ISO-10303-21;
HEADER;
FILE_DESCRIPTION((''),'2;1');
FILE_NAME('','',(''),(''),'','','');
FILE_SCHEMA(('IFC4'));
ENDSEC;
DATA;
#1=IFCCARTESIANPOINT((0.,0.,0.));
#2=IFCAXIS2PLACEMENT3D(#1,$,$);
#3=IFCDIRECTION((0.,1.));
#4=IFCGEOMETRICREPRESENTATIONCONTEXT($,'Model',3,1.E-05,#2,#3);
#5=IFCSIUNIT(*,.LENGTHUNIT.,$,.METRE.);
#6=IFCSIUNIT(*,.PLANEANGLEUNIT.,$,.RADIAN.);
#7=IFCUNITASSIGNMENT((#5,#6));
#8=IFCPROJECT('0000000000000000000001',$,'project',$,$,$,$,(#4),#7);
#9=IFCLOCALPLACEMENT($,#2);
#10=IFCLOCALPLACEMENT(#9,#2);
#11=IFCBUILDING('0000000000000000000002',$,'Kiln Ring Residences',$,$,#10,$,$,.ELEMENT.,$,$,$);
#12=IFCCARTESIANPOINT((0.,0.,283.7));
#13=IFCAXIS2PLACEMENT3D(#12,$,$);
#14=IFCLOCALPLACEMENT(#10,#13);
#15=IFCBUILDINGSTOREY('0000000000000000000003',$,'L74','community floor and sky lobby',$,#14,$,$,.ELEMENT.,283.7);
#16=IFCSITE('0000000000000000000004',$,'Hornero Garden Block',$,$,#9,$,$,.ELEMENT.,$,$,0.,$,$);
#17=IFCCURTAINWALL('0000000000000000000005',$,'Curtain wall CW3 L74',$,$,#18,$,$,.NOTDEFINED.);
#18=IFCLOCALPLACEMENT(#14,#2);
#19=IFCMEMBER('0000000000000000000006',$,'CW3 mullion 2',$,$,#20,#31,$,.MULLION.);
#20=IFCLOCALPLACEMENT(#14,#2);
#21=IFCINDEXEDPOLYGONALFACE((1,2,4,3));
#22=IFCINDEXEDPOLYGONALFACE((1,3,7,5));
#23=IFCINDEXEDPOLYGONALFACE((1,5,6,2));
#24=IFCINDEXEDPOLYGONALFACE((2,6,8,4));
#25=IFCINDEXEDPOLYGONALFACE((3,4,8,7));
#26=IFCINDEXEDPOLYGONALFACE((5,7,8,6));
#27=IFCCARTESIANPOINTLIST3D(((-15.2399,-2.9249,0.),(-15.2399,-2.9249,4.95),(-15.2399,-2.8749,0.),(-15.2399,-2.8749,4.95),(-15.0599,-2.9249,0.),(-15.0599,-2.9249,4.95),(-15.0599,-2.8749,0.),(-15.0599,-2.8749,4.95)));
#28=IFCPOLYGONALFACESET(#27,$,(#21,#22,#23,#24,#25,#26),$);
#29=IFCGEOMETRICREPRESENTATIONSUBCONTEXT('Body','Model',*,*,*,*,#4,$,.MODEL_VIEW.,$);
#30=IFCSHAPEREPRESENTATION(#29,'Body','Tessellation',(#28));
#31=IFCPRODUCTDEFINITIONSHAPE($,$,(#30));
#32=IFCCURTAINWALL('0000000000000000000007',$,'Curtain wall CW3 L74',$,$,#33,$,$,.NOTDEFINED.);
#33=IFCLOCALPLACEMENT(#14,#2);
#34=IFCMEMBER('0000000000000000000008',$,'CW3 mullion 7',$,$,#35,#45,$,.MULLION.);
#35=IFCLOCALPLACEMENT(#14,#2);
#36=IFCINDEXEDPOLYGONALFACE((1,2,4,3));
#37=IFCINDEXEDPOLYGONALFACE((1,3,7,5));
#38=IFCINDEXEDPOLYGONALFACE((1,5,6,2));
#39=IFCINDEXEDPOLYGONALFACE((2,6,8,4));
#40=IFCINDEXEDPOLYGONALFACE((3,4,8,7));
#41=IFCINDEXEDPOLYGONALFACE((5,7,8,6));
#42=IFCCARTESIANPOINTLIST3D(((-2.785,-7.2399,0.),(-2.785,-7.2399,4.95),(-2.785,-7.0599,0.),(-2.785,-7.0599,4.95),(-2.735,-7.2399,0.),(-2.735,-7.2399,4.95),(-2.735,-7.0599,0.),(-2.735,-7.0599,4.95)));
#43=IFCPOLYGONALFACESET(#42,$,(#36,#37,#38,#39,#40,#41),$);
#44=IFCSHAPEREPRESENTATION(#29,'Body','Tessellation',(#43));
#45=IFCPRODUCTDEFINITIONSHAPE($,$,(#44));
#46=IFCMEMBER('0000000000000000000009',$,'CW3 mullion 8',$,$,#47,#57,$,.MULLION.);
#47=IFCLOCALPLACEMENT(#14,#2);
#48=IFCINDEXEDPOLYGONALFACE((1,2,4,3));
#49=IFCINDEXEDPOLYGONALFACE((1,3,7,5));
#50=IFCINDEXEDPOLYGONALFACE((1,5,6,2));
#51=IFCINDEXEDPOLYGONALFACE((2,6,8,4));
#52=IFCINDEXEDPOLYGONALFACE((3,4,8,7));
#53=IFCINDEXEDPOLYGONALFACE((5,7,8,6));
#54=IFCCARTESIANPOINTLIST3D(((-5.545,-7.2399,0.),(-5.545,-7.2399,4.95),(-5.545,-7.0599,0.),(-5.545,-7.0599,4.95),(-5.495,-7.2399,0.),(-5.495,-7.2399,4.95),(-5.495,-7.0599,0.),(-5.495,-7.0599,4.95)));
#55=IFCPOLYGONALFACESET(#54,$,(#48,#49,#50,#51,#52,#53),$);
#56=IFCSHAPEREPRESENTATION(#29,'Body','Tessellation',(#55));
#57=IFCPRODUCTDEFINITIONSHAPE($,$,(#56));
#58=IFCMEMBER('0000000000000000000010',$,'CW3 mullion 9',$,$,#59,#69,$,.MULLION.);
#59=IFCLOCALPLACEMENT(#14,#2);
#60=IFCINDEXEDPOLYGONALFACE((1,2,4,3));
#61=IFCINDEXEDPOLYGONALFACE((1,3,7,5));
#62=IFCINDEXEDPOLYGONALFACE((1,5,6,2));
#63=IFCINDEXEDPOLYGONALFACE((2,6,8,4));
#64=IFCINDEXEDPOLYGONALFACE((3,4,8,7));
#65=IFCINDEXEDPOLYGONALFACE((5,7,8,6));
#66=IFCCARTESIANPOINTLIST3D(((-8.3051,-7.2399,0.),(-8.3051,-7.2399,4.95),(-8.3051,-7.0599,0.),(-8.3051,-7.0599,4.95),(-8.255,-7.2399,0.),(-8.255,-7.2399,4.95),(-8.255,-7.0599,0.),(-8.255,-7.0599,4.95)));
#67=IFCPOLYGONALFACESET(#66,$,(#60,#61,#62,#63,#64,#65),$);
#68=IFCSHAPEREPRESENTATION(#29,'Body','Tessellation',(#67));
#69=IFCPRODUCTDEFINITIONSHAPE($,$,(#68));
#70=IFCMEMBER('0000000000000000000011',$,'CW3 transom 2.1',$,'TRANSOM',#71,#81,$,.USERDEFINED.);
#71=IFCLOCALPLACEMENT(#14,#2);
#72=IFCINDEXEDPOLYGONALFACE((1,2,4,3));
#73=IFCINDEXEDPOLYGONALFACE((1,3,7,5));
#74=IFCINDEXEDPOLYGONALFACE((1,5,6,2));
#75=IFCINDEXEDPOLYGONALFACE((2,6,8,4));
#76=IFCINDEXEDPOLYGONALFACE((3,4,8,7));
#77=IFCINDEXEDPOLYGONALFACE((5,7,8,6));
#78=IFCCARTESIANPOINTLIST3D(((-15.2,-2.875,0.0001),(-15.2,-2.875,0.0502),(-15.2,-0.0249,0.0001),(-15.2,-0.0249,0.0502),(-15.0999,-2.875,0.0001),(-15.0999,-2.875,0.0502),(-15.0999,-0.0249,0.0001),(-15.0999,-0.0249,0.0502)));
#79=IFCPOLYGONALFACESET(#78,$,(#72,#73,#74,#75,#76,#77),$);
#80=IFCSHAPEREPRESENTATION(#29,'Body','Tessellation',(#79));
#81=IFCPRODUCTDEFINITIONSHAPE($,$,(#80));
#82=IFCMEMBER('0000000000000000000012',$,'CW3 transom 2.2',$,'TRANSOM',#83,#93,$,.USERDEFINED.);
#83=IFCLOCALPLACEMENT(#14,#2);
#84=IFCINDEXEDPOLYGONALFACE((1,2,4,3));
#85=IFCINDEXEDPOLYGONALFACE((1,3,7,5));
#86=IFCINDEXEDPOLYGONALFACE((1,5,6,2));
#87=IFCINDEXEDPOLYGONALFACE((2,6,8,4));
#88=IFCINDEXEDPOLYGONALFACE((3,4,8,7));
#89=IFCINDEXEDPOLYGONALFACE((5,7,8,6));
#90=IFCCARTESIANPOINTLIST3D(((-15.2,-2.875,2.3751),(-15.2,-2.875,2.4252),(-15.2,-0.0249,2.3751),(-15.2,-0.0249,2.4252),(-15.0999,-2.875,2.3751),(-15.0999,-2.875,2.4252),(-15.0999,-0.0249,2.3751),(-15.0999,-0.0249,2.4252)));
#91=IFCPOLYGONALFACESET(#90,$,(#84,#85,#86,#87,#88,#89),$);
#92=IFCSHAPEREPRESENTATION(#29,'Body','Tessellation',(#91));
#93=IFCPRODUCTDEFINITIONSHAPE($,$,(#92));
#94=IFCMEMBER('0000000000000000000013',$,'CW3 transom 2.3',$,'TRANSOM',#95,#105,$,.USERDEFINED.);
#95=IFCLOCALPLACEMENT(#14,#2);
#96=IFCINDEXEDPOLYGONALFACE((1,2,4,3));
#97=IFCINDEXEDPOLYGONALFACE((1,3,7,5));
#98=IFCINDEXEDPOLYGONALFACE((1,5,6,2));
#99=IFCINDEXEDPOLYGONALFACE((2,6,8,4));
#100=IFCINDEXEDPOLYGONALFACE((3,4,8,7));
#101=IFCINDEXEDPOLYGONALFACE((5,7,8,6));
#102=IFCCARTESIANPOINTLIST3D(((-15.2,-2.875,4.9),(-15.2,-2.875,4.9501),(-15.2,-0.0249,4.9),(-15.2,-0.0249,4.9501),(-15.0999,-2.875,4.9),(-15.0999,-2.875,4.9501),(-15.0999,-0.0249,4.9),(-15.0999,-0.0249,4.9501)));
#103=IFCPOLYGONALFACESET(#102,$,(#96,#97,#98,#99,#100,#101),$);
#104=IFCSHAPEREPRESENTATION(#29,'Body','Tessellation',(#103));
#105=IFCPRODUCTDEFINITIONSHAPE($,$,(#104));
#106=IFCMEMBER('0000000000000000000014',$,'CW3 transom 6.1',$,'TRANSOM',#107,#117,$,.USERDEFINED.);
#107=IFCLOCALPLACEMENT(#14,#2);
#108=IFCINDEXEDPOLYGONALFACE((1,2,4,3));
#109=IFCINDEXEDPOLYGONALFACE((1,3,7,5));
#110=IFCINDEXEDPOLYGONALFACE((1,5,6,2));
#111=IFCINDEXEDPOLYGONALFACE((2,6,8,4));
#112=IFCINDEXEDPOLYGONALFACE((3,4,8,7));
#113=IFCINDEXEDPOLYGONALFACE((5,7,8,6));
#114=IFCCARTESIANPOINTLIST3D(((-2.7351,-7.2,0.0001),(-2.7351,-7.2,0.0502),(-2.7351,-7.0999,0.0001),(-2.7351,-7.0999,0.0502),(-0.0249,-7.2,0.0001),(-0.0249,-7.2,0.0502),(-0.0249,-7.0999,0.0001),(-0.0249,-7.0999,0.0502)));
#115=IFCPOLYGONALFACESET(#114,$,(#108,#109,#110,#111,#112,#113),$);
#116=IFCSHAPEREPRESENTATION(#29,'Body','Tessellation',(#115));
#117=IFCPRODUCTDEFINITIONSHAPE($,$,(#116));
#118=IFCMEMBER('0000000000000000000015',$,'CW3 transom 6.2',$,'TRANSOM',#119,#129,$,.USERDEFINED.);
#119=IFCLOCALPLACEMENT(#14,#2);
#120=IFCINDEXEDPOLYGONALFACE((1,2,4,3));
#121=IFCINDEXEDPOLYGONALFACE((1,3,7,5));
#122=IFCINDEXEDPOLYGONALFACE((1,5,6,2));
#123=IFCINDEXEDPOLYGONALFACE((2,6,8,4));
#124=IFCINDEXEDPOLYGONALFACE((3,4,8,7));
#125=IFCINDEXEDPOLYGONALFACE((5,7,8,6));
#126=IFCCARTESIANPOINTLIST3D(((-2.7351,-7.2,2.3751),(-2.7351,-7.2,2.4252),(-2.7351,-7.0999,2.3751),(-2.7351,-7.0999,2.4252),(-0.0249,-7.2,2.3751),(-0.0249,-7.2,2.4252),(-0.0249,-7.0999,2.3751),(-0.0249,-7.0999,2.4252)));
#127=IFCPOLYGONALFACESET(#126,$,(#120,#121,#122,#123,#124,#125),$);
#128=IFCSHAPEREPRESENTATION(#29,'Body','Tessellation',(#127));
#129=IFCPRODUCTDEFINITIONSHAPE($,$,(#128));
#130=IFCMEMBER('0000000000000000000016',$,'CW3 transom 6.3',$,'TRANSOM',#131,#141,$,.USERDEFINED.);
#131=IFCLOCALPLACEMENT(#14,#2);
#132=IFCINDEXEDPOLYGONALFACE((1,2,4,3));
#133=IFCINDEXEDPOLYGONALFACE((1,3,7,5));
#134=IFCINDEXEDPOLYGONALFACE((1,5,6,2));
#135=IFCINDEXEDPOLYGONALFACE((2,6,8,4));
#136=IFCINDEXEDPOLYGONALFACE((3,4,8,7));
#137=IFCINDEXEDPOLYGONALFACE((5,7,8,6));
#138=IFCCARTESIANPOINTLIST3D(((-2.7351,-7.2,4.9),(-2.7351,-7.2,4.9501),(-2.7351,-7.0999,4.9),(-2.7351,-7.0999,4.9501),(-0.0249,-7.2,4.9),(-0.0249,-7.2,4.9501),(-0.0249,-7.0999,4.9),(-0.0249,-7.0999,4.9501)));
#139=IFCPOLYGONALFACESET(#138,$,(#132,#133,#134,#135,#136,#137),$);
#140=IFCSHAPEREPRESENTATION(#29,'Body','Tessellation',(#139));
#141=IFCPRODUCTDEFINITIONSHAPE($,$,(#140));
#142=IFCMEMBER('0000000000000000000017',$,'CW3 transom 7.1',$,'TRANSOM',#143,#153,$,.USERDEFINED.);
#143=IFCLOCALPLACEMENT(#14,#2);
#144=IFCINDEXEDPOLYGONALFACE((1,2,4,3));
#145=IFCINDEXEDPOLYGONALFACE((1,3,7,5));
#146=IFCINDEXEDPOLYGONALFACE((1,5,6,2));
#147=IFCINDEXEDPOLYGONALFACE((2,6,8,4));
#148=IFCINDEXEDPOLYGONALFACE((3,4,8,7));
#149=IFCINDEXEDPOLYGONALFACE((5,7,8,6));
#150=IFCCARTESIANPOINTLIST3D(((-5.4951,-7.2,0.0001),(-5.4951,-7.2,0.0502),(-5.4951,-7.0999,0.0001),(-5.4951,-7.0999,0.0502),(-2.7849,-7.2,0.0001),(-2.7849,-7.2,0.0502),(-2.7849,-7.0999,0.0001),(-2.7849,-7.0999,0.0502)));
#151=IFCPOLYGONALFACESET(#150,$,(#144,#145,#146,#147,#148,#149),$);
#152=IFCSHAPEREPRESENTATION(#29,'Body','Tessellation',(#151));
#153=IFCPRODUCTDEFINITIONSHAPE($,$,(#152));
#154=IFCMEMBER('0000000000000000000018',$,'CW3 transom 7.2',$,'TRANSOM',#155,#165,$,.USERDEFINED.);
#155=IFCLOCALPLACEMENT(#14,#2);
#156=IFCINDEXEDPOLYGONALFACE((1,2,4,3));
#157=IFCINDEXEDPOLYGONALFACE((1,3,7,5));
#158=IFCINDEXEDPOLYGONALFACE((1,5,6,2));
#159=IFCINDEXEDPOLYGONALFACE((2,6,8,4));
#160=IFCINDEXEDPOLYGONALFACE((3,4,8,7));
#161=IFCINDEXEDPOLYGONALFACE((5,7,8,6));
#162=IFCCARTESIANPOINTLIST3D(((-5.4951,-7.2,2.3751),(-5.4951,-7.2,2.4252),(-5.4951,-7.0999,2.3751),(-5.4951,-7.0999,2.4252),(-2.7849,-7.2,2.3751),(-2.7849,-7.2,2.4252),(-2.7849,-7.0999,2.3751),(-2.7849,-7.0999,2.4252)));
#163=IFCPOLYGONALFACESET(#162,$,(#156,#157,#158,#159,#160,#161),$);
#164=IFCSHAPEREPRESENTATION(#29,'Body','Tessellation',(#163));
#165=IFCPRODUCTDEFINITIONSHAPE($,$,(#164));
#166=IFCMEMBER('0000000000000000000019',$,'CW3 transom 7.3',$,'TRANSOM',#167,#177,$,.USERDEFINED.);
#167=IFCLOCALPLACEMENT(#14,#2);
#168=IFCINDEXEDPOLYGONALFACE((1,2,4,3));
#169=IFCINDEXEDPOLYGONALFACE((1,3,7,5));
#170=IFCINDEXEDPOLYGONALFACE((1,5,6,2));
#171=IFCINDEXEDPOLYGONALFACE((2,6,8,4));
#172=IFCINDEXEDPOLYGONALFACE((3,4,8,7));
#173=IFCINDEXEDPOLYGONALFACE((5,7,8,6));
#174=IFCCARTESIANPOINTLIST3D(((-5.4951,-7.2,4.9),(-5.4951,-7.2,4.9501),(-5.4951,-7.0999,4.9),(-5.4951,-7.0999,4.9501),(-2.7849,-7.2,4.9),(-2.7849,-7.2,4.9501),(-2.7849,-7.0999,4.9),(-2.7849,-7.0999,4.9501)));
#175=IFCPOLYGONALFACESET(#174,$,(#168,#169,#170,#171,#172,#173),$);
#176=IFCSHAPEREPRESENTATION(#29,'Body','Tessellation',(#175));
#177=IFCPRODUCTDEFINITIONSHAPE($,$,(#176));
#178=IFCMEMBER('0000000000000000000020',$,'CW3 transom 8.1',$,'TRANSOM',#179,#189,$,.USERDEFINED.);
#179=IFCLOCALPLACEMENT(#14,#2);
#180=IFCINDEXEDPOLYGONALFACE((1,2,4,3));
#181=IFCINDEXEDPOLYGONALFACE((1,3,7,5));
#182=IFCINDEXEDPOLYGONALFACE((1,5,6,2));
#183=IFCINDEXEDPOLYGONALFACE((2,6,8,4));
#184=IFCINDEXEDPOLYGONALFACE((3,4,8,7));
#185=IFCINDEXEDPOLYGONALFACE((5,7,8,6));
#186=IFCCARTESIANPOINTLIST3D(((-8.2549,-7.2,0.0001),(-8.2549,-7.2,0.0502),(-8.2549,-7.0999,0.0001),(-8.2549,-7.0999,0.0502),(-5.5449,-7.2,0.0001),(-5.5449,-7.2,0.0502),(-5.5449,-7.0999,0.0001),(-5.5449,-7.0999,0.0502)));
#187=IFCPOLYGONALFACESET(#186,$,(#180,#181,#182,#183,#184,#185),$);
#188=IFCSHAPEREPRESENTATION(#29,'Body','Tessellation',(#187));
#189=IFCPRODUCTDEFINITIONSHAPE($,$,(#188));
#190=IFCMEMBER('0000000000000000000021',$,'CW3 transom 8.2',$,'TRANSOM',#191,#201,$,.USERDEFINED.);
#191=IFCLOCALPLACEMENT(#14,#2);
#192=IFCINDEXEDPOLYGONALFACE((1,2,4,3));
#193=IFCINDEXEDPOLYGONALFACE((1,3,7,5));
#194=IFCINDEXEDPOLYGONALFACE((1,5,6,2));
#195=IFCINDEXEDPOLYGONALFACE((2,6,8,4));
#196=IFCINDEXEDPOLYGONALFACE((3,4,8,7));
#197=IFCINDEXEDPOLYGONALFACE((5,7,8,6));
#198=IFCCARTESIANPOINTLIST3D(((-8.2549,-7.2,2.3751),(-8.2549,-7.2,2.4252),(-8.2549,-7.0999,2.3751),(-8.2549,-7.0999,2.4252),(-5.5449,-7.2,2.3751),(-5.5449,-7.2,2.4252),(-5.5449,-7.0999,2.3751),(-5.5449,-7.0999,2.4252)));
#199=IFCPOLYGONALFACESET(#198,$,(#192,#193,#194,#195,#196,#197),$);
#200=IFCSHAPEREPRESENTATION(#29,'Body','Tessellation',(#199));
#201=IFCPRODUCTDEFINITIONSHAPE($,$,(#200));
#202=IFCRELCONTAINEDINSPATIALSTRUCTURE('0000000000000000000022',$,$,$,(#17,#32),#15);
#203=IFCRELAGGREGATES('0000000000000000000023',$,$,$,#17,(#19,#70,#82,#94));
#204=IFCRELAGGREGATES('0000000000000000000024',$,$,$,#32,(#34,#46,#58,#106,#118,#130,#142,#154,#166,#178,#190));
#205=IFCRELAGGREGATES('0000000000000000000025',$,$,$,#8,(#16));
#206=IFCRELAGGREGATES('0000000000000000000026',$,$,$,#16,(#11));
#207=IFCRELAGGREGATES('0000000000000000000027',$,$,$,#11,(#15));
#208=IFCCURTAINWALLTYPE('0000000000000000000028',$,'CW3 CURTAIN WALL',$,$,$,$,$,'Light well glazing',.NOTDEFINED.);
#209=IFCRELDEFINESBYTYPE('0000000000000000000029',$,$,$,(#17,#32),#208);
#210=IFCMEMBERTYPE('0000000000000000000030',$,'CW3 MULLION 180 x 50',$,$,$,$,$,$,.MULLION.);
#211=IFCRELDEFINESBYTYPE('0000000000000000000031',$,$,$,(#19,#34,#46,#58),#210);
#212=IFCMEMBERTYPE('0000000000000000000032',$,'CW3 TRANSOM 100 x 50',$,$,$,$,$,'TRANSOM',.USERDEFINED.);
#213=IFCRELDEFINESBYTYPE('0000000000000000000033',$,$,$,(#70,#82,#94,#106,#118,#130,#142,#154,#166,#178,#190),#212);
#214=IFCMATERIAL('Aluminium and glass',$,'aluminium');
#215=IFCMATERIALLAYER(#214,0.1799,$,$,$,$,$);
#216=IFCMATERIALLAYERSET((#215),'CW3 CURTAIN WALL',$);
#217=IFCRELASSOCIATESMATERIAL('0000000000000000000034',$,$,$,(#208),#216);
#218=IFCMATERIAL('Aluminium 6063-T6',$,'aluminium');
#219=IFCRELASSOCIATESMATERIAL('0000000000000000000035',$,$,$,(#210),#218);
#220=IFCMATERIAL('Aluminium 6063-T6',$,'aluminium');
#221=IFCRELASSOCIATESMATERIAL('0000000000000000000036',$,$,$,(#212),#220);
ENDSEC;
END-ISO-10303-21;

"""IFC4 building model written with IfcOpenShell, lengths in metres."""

from ifc_helpers import new_model, si_unit, direction, frame, origin, origin_2d, place, context, subcontext, project, spatial, rectangle, extrude, material, layer, layer_set, material_profile, profile_set, type_object, element, aggregate, save


model = new_model("IFC4")

# Units and contexts
model_context = context("Model", 3, precision=1e-05, world=origin(), true_north=direction((0.0, 1.0)))
body_context = subcontext(model_context, "Body", "Model", "MODEL_VIEW")
ifc_project = project(units=[si_unit("LENGTHUNIT", "METRE"), si_unit("PLANEANGLEUNIT", "RADIAN")], contexts=[model_context])

# Site, building, storey
site_placement = place(None, origin())
site = spatial("IfcSite", under=ifc_project, at=site_placement, Name="Hornero Garden Block", CompositionType="ELEMENT", RefElevation=0.0)
building_placement = place(site_placement, origin())
building = spatial("IfcBuilding", under=site, at=building_placement, Name="Kiln Ring Residences", CompositionType="ELEMENT")
storey_placement = place(building_placement, frame((0.0, 0.0, 283.7)))
storey = spatial("IfcBuildingStorey", under=building, at=storey_placement, Name="L74", Description="community floor and sky lobby", CompositionType="ELEMENT", Elevation=283.7)

# Curtain wall, member
ifc_material_1 = material(Name="Aluminium and glass", Category="aluminium")
ifc_layer_1 = layer(ifc_material_1, 0.1799)
ifc_layer_set_1 = layer_set([ifc_layer_1], Name="CW3 CURTAIN WALL")
curtain_wall_type = type_object("IfcCurtainWallType", Name="CW3 CURTAIN WALL", ElementType="Light well glazing", PredefinedType="NOTDEFINED", material=ifc_layer_set_1)
placement = place(storey_placement, origin())
curtain_wall_1 = element("IfcCurtainWall", 1, at=placement, inside=storey, type_object=curtain_wall_type, Name="Curtain wall CW3 L74", PredefinedType="NOTDEFINED")
ifc_material_2 = material(Name="Aluminium 6063-T6", Category="aluminium")
ifc_material_profile_1 = material_profile(ifc_material_2, rectangle(XDim=0.1799, YDim=0.05, at=origin_2d()), Name="AL 180x50")
ifc_profile_set_1 = profile_set([ifc_material_profile_1], Name="Aluminium 6063-T6")
member_type_1 = type_object("IfcMemberType", Name="CW3 MULLION 180 x 50", PredefinedType="MULLION", material=ifc_profile_set_1)
member_1_placement = place(storey_placement, frame((-15.1499, -2.8999, 0.0), z_axis=(0.0, 0.0, 1.0), x_axis=(-1.0, 0.0, 0.0)))
member_1 = element("IfcMember", 2, at=member_1_placement, type_object=member_type_1, Name="CW3 mullion 2", PredefinedType="MULLION", context=body_context, shape_type="SweptSolid", body=[
    extrude(rectangle(XDim=0.1799, YDim=0.05, at=origin_2d()), origin(), (0.0, 0.0, 1.0), 4.95),
])

# Curtain wall, members
curtain_wall_2 = element("IfcCurtainWall", 3, at=placement, inside=storey, type_object=curtain_wall_type, Name="Curtain wall CW3 L74", PredefinedType="NOTDEFINED")
member_2_placement = place(storey_placement, frame((-2.76, -7.1499, 0.0), z_axis=(0.0, 0.0, 1.0), x_axis=(0.0, -1.0, 0.0)))
member_2 = element("IfcMember", 4, at=member_2_placement, type_object=member_type_1, Name="CW3 mullion 7", PredefinedType="MULLION", context=body_context, shape_type="SweptSolid", body=[
    extrude(rectangle(XDim=0.1799, YDim=0.05, at=origin_2d()), origin(), (0.0, 0.0, 1.0), 4.95),
])
member_3_placement = place(storey_placement, frame((-5.52, -7.1499, 0.0), z_axis=(0.0, 0.0, 1.0), x_axis=(0.0, -1.0, 0.0)))
member_3 = element("IfcMember", 5, at=member_3_placement, type_object=member_type_1, Name="CW3 mullion 8", PredefinedType="MULLION", context=body_context, shape_type="SweptSolid", body=[
    extrude(rectangle(XDim=0.1799, YDim=0.05, at=origin_2d()), origin(), (0.0, 0.0, 1.0), 4.95),
])
member_4_placement = place(storey_placement, frame((-8.28, -7.1499, 0.0), z_axis=(0.0, 0.0, 1.0), x_axis=(0.0, -1.0, 0.0)))
member_4 = element("IfcMember", 6, at=member_4_placement, type_object=member_type_1, Name="CW3 mullion 9", PredefinedType="MULLION", context=body_context, shape_type="SweptSolid", body=[
    extrude(rectangle(XDim=0.1799, YDim=0.05, at=origin_2d()), origin(), (0.0, 0.0, 1.0), 4.95),
])

# Members
ifc_material_3 = material(Name="Aluminium 6063-T6", Category="aluminium")
ifc_material_profile_2 = material_profile(ifc_material_3, rectangle(XDim=0.1001, YDim=0.05, at=origin_2d()), Name="AL 100x50")
ifc_profile_set_2 = profile_set([ifc_material_profile_2], Name="Aluminium 6063-T6")
member_type_2 = type_object("IfcMemberType", Name="CW3 TRANSOM 100 x 50", ElementType="TRANSOM", PredefinedType="USERDEFINED", material=ifc_profile_set_2)
member_5_placement = place(storey_placement, frame((-15.1499, -2.875, 0.0251), z_axis=(0.0, 1.0, 0.0), x_axis=(-1.0, 0.0, 0.0)))
member_5 = element("IfcMember", 7, at=member_5_placement, type_object=member_type_2, Name="CW3 transom 2.1", ObjectType="TRANSOM", PredefinedType="USERDEFINED", context=body_context, shape_type="SweptSolid", body=[
    extrude(rectangle(XDim=0.1001, YDim=0.05, at=origin_2d()), origin(), (0.0, 0.0, 1.0), 2.8501),
])
member_6_placement = place(storey_placement, frame((-15.1499, -2.875, 2.4001), z_axis=(0.0, 1.0, 0.0), x_axis=(-1.0, 0.0, 0.0)))
member_6 = element("IfcMember", 8, at=member_6_placement, type_object=member_type_2, Name="CW3 transom 2.2", ObjectType="TRANSOM", PredefinedType="USERDEFINED", context=body_context, shape_type="SweptSolid", body=[
    extrude(rectangle(XDim=0.1001, YDim=0.05, at=origin_2d()), origin(), (0.0, 0.0, 1.0), 2.8501),
])
member_7_placement = place(storey_placement, frame((-15.1499, -2.875, 4.925), z_axis=(0.0, 1.0, 0.0), x_axis=(-1.0, 0.0, 0.0)))
member_7 = element("IfcMember", 9, at=member_7_placement, type_object=member_type_2, Name="CW3 transom 2.3", ObjectType="TRANSOM", PredefinedType="USERDEFINED", context=body_context, shape_type="SweptSolid", body=[
    extrude(rectangle(XDim=0.1001, YDim=0.05, at=origin_2d()), origin(), (0.0, 0.0, 1.0), 2.8501),
])
member_8_placement = place(storey_placement, frame((-0.0249, -7.1499, 0.0251), z_axis=(-1.0, 0.0, 0.0), x_axis=(0.0, -1.0, 0.0)))
member_8 = element("IfcMember", 10, at=member_8_placement, type_object=member_type_2, Name="CW3 transom 6.1", ObjectType="TRANSOM", PredefinedType="USERDEFINED", context=body_context, shape_type="SweptSolid", body=[
    extrude(rectangle(XDim=0.1001, YDim=0.05, at=origin_2d()), origin(), (0.0, 0.0, 1.0), 2.7102),
])
member_9_placement = place(storey_placement, frame((-0.0249, -7.1499, 2.4001), z_axis=(-1.0, 0.0, 0.0), x_axis=(0.0, -1.0, 0.0)))
member_9 = element("IfcMember", 11, at=member_9_placement, type_object=member_type_2, Name="CW3 transom 6.2", ObjectType="TRANSOM", PredefinedType="USERDEFINED", context=body_context, shape_type="SweptSolid", body=[
    extrude(rectangle(XDim=0.1001, YDim=0.05, at=origin_2d()), origin(), (0.0, 0.0, 1.0), 2.7102),
])
member_10_placement = place(storey_placement, frame((-0.0249, -7.1499, 4.925), z_axis=(-1.0, 0.0, 0.0), x_axis=(0.0, -1.0, 0.0)))
member_10 = element("IfcMember", 12, at=member_10_placement, type_object=member_type_2, Name="CW3 transom 6.3", ObjectType="TRANSOM", PredefinedType="USERDEFINED", context=body_context, shape_type="SweptSolid", body=[
    extrude(rectangle(XDim=0.1001, YDim=0.05, at=origin_2d()), origin(), (0.0, 0.0, 1.0), 2.7102),
])
member_11_placement = place(storey_placement, frame((-2.7849, -7.1499, 0.0251), z_axis=(-1.0, 0.0, 0.0), x_axis=(0.0, -1.0, 0.0)))
member_11 = element("IfcMember", 13, at=member_11_placement, type_object=member_type_2, Name="CW3 transom 7.1", ObjectType="TRANSOM", PredefinedType="USERDEFINED", context=body_context, shape_type="SweptSolid", body=[
    extrude(rectangle(XDim=0.1001, YDim=0.05, at=origin_2d()), origin(), (0.0, 0.0, 1.0), 2.7102),
])
member_12_placement = place(storey_placement, frame((-2.7849, -7.1499, 2.4001), z_axis=(-1.0, 0.0, 0.0), x_axis=(0.0, -1.0, 0.0)))
member_12 = element("IfcMember", 14, at=member_12_placement, type_object=member_type_2, Name="CW3 transom 7.2", ObjectType="TRANSOM", PredefinedType="USERDEFINED", context=body_context, shape_type="SweptSolid", body=[
    extrude(rectangle(XDim=0.1001, YDim=0.05, at=origin_2d()), origin(), (0.0, 0.0, 1.0), 2.7102),
])
member_13_placement = place(storey_placement, frame((-2.7849, -7.1499, 4.925), z_axis=(-1.0, 0.0, 0.0), x_axis=(0.0, -1.0, 0.0)))
member_13 = element("IfcMember", 15, at=member_13_placement, type_object=member_type_2, Name="CW3 transom 7.3", ObjectType="TRANSOM", PredefinedType="USERDEFINED", context=body_context, shape_type="SweptSolid", body=[
    extrude(rectangle(XDim=0.1001, YDim=0.05, at=origin_2d()), origin(), (0.0, 0.0, 1.0), 2.7102),
])
member_14_placement = place(storey_placement, frame((-5.5449, -7.1499, 0.0251), z_axis=(-1.0, 0.0, 0.0), x_axis=(0.0, -1.0, 0.0)))
member_14 = element("IfcMember", 16, at=member_14_placement, type_object=member_type_2, Name="CW3 transom 8.1", ObjectType="TRANSOM", PredefinedType="USERDEFINED", context=body_context, shape_type="SweptSolid", body=[
    extrude(rectangle(XDim=0.1001, YDim=0.05, at=origin_2d()), origin(), (0.0, 0.0, 1.0), 2.71),
])
member_15_placement = place(storey_placement, frame((-5.5449, -7.1499, 2.4001), z_axis=(-1.0, 0.0, 0.0), x_axis=(0.0, -1.0, 0.0)))
member_15 = element("IfcMember", 17, at=member_15_placement, type_object=member_type_2, Name="CW3 transom 8.2", ObjectType="TRANSOM", PredefinedType="USERDEFINED", context=body_context, shape_type="SweptSolid", body=[
    extrude(rectangle(XDim=0.1001, YDim=0.05, at=origin_2d()), origin(), (0.0, 0.0, 1.0), 2.71),
])

aggregate(curtain_wall_1, [member_1, member_5, member_6, member_7])
aggregate(curtain_wall_2, [member_2, member_3, member_4, member_8, member_9, member_10, member_11, member_12, member_13, member_14, member_15])

save(model, "model.ifc")
